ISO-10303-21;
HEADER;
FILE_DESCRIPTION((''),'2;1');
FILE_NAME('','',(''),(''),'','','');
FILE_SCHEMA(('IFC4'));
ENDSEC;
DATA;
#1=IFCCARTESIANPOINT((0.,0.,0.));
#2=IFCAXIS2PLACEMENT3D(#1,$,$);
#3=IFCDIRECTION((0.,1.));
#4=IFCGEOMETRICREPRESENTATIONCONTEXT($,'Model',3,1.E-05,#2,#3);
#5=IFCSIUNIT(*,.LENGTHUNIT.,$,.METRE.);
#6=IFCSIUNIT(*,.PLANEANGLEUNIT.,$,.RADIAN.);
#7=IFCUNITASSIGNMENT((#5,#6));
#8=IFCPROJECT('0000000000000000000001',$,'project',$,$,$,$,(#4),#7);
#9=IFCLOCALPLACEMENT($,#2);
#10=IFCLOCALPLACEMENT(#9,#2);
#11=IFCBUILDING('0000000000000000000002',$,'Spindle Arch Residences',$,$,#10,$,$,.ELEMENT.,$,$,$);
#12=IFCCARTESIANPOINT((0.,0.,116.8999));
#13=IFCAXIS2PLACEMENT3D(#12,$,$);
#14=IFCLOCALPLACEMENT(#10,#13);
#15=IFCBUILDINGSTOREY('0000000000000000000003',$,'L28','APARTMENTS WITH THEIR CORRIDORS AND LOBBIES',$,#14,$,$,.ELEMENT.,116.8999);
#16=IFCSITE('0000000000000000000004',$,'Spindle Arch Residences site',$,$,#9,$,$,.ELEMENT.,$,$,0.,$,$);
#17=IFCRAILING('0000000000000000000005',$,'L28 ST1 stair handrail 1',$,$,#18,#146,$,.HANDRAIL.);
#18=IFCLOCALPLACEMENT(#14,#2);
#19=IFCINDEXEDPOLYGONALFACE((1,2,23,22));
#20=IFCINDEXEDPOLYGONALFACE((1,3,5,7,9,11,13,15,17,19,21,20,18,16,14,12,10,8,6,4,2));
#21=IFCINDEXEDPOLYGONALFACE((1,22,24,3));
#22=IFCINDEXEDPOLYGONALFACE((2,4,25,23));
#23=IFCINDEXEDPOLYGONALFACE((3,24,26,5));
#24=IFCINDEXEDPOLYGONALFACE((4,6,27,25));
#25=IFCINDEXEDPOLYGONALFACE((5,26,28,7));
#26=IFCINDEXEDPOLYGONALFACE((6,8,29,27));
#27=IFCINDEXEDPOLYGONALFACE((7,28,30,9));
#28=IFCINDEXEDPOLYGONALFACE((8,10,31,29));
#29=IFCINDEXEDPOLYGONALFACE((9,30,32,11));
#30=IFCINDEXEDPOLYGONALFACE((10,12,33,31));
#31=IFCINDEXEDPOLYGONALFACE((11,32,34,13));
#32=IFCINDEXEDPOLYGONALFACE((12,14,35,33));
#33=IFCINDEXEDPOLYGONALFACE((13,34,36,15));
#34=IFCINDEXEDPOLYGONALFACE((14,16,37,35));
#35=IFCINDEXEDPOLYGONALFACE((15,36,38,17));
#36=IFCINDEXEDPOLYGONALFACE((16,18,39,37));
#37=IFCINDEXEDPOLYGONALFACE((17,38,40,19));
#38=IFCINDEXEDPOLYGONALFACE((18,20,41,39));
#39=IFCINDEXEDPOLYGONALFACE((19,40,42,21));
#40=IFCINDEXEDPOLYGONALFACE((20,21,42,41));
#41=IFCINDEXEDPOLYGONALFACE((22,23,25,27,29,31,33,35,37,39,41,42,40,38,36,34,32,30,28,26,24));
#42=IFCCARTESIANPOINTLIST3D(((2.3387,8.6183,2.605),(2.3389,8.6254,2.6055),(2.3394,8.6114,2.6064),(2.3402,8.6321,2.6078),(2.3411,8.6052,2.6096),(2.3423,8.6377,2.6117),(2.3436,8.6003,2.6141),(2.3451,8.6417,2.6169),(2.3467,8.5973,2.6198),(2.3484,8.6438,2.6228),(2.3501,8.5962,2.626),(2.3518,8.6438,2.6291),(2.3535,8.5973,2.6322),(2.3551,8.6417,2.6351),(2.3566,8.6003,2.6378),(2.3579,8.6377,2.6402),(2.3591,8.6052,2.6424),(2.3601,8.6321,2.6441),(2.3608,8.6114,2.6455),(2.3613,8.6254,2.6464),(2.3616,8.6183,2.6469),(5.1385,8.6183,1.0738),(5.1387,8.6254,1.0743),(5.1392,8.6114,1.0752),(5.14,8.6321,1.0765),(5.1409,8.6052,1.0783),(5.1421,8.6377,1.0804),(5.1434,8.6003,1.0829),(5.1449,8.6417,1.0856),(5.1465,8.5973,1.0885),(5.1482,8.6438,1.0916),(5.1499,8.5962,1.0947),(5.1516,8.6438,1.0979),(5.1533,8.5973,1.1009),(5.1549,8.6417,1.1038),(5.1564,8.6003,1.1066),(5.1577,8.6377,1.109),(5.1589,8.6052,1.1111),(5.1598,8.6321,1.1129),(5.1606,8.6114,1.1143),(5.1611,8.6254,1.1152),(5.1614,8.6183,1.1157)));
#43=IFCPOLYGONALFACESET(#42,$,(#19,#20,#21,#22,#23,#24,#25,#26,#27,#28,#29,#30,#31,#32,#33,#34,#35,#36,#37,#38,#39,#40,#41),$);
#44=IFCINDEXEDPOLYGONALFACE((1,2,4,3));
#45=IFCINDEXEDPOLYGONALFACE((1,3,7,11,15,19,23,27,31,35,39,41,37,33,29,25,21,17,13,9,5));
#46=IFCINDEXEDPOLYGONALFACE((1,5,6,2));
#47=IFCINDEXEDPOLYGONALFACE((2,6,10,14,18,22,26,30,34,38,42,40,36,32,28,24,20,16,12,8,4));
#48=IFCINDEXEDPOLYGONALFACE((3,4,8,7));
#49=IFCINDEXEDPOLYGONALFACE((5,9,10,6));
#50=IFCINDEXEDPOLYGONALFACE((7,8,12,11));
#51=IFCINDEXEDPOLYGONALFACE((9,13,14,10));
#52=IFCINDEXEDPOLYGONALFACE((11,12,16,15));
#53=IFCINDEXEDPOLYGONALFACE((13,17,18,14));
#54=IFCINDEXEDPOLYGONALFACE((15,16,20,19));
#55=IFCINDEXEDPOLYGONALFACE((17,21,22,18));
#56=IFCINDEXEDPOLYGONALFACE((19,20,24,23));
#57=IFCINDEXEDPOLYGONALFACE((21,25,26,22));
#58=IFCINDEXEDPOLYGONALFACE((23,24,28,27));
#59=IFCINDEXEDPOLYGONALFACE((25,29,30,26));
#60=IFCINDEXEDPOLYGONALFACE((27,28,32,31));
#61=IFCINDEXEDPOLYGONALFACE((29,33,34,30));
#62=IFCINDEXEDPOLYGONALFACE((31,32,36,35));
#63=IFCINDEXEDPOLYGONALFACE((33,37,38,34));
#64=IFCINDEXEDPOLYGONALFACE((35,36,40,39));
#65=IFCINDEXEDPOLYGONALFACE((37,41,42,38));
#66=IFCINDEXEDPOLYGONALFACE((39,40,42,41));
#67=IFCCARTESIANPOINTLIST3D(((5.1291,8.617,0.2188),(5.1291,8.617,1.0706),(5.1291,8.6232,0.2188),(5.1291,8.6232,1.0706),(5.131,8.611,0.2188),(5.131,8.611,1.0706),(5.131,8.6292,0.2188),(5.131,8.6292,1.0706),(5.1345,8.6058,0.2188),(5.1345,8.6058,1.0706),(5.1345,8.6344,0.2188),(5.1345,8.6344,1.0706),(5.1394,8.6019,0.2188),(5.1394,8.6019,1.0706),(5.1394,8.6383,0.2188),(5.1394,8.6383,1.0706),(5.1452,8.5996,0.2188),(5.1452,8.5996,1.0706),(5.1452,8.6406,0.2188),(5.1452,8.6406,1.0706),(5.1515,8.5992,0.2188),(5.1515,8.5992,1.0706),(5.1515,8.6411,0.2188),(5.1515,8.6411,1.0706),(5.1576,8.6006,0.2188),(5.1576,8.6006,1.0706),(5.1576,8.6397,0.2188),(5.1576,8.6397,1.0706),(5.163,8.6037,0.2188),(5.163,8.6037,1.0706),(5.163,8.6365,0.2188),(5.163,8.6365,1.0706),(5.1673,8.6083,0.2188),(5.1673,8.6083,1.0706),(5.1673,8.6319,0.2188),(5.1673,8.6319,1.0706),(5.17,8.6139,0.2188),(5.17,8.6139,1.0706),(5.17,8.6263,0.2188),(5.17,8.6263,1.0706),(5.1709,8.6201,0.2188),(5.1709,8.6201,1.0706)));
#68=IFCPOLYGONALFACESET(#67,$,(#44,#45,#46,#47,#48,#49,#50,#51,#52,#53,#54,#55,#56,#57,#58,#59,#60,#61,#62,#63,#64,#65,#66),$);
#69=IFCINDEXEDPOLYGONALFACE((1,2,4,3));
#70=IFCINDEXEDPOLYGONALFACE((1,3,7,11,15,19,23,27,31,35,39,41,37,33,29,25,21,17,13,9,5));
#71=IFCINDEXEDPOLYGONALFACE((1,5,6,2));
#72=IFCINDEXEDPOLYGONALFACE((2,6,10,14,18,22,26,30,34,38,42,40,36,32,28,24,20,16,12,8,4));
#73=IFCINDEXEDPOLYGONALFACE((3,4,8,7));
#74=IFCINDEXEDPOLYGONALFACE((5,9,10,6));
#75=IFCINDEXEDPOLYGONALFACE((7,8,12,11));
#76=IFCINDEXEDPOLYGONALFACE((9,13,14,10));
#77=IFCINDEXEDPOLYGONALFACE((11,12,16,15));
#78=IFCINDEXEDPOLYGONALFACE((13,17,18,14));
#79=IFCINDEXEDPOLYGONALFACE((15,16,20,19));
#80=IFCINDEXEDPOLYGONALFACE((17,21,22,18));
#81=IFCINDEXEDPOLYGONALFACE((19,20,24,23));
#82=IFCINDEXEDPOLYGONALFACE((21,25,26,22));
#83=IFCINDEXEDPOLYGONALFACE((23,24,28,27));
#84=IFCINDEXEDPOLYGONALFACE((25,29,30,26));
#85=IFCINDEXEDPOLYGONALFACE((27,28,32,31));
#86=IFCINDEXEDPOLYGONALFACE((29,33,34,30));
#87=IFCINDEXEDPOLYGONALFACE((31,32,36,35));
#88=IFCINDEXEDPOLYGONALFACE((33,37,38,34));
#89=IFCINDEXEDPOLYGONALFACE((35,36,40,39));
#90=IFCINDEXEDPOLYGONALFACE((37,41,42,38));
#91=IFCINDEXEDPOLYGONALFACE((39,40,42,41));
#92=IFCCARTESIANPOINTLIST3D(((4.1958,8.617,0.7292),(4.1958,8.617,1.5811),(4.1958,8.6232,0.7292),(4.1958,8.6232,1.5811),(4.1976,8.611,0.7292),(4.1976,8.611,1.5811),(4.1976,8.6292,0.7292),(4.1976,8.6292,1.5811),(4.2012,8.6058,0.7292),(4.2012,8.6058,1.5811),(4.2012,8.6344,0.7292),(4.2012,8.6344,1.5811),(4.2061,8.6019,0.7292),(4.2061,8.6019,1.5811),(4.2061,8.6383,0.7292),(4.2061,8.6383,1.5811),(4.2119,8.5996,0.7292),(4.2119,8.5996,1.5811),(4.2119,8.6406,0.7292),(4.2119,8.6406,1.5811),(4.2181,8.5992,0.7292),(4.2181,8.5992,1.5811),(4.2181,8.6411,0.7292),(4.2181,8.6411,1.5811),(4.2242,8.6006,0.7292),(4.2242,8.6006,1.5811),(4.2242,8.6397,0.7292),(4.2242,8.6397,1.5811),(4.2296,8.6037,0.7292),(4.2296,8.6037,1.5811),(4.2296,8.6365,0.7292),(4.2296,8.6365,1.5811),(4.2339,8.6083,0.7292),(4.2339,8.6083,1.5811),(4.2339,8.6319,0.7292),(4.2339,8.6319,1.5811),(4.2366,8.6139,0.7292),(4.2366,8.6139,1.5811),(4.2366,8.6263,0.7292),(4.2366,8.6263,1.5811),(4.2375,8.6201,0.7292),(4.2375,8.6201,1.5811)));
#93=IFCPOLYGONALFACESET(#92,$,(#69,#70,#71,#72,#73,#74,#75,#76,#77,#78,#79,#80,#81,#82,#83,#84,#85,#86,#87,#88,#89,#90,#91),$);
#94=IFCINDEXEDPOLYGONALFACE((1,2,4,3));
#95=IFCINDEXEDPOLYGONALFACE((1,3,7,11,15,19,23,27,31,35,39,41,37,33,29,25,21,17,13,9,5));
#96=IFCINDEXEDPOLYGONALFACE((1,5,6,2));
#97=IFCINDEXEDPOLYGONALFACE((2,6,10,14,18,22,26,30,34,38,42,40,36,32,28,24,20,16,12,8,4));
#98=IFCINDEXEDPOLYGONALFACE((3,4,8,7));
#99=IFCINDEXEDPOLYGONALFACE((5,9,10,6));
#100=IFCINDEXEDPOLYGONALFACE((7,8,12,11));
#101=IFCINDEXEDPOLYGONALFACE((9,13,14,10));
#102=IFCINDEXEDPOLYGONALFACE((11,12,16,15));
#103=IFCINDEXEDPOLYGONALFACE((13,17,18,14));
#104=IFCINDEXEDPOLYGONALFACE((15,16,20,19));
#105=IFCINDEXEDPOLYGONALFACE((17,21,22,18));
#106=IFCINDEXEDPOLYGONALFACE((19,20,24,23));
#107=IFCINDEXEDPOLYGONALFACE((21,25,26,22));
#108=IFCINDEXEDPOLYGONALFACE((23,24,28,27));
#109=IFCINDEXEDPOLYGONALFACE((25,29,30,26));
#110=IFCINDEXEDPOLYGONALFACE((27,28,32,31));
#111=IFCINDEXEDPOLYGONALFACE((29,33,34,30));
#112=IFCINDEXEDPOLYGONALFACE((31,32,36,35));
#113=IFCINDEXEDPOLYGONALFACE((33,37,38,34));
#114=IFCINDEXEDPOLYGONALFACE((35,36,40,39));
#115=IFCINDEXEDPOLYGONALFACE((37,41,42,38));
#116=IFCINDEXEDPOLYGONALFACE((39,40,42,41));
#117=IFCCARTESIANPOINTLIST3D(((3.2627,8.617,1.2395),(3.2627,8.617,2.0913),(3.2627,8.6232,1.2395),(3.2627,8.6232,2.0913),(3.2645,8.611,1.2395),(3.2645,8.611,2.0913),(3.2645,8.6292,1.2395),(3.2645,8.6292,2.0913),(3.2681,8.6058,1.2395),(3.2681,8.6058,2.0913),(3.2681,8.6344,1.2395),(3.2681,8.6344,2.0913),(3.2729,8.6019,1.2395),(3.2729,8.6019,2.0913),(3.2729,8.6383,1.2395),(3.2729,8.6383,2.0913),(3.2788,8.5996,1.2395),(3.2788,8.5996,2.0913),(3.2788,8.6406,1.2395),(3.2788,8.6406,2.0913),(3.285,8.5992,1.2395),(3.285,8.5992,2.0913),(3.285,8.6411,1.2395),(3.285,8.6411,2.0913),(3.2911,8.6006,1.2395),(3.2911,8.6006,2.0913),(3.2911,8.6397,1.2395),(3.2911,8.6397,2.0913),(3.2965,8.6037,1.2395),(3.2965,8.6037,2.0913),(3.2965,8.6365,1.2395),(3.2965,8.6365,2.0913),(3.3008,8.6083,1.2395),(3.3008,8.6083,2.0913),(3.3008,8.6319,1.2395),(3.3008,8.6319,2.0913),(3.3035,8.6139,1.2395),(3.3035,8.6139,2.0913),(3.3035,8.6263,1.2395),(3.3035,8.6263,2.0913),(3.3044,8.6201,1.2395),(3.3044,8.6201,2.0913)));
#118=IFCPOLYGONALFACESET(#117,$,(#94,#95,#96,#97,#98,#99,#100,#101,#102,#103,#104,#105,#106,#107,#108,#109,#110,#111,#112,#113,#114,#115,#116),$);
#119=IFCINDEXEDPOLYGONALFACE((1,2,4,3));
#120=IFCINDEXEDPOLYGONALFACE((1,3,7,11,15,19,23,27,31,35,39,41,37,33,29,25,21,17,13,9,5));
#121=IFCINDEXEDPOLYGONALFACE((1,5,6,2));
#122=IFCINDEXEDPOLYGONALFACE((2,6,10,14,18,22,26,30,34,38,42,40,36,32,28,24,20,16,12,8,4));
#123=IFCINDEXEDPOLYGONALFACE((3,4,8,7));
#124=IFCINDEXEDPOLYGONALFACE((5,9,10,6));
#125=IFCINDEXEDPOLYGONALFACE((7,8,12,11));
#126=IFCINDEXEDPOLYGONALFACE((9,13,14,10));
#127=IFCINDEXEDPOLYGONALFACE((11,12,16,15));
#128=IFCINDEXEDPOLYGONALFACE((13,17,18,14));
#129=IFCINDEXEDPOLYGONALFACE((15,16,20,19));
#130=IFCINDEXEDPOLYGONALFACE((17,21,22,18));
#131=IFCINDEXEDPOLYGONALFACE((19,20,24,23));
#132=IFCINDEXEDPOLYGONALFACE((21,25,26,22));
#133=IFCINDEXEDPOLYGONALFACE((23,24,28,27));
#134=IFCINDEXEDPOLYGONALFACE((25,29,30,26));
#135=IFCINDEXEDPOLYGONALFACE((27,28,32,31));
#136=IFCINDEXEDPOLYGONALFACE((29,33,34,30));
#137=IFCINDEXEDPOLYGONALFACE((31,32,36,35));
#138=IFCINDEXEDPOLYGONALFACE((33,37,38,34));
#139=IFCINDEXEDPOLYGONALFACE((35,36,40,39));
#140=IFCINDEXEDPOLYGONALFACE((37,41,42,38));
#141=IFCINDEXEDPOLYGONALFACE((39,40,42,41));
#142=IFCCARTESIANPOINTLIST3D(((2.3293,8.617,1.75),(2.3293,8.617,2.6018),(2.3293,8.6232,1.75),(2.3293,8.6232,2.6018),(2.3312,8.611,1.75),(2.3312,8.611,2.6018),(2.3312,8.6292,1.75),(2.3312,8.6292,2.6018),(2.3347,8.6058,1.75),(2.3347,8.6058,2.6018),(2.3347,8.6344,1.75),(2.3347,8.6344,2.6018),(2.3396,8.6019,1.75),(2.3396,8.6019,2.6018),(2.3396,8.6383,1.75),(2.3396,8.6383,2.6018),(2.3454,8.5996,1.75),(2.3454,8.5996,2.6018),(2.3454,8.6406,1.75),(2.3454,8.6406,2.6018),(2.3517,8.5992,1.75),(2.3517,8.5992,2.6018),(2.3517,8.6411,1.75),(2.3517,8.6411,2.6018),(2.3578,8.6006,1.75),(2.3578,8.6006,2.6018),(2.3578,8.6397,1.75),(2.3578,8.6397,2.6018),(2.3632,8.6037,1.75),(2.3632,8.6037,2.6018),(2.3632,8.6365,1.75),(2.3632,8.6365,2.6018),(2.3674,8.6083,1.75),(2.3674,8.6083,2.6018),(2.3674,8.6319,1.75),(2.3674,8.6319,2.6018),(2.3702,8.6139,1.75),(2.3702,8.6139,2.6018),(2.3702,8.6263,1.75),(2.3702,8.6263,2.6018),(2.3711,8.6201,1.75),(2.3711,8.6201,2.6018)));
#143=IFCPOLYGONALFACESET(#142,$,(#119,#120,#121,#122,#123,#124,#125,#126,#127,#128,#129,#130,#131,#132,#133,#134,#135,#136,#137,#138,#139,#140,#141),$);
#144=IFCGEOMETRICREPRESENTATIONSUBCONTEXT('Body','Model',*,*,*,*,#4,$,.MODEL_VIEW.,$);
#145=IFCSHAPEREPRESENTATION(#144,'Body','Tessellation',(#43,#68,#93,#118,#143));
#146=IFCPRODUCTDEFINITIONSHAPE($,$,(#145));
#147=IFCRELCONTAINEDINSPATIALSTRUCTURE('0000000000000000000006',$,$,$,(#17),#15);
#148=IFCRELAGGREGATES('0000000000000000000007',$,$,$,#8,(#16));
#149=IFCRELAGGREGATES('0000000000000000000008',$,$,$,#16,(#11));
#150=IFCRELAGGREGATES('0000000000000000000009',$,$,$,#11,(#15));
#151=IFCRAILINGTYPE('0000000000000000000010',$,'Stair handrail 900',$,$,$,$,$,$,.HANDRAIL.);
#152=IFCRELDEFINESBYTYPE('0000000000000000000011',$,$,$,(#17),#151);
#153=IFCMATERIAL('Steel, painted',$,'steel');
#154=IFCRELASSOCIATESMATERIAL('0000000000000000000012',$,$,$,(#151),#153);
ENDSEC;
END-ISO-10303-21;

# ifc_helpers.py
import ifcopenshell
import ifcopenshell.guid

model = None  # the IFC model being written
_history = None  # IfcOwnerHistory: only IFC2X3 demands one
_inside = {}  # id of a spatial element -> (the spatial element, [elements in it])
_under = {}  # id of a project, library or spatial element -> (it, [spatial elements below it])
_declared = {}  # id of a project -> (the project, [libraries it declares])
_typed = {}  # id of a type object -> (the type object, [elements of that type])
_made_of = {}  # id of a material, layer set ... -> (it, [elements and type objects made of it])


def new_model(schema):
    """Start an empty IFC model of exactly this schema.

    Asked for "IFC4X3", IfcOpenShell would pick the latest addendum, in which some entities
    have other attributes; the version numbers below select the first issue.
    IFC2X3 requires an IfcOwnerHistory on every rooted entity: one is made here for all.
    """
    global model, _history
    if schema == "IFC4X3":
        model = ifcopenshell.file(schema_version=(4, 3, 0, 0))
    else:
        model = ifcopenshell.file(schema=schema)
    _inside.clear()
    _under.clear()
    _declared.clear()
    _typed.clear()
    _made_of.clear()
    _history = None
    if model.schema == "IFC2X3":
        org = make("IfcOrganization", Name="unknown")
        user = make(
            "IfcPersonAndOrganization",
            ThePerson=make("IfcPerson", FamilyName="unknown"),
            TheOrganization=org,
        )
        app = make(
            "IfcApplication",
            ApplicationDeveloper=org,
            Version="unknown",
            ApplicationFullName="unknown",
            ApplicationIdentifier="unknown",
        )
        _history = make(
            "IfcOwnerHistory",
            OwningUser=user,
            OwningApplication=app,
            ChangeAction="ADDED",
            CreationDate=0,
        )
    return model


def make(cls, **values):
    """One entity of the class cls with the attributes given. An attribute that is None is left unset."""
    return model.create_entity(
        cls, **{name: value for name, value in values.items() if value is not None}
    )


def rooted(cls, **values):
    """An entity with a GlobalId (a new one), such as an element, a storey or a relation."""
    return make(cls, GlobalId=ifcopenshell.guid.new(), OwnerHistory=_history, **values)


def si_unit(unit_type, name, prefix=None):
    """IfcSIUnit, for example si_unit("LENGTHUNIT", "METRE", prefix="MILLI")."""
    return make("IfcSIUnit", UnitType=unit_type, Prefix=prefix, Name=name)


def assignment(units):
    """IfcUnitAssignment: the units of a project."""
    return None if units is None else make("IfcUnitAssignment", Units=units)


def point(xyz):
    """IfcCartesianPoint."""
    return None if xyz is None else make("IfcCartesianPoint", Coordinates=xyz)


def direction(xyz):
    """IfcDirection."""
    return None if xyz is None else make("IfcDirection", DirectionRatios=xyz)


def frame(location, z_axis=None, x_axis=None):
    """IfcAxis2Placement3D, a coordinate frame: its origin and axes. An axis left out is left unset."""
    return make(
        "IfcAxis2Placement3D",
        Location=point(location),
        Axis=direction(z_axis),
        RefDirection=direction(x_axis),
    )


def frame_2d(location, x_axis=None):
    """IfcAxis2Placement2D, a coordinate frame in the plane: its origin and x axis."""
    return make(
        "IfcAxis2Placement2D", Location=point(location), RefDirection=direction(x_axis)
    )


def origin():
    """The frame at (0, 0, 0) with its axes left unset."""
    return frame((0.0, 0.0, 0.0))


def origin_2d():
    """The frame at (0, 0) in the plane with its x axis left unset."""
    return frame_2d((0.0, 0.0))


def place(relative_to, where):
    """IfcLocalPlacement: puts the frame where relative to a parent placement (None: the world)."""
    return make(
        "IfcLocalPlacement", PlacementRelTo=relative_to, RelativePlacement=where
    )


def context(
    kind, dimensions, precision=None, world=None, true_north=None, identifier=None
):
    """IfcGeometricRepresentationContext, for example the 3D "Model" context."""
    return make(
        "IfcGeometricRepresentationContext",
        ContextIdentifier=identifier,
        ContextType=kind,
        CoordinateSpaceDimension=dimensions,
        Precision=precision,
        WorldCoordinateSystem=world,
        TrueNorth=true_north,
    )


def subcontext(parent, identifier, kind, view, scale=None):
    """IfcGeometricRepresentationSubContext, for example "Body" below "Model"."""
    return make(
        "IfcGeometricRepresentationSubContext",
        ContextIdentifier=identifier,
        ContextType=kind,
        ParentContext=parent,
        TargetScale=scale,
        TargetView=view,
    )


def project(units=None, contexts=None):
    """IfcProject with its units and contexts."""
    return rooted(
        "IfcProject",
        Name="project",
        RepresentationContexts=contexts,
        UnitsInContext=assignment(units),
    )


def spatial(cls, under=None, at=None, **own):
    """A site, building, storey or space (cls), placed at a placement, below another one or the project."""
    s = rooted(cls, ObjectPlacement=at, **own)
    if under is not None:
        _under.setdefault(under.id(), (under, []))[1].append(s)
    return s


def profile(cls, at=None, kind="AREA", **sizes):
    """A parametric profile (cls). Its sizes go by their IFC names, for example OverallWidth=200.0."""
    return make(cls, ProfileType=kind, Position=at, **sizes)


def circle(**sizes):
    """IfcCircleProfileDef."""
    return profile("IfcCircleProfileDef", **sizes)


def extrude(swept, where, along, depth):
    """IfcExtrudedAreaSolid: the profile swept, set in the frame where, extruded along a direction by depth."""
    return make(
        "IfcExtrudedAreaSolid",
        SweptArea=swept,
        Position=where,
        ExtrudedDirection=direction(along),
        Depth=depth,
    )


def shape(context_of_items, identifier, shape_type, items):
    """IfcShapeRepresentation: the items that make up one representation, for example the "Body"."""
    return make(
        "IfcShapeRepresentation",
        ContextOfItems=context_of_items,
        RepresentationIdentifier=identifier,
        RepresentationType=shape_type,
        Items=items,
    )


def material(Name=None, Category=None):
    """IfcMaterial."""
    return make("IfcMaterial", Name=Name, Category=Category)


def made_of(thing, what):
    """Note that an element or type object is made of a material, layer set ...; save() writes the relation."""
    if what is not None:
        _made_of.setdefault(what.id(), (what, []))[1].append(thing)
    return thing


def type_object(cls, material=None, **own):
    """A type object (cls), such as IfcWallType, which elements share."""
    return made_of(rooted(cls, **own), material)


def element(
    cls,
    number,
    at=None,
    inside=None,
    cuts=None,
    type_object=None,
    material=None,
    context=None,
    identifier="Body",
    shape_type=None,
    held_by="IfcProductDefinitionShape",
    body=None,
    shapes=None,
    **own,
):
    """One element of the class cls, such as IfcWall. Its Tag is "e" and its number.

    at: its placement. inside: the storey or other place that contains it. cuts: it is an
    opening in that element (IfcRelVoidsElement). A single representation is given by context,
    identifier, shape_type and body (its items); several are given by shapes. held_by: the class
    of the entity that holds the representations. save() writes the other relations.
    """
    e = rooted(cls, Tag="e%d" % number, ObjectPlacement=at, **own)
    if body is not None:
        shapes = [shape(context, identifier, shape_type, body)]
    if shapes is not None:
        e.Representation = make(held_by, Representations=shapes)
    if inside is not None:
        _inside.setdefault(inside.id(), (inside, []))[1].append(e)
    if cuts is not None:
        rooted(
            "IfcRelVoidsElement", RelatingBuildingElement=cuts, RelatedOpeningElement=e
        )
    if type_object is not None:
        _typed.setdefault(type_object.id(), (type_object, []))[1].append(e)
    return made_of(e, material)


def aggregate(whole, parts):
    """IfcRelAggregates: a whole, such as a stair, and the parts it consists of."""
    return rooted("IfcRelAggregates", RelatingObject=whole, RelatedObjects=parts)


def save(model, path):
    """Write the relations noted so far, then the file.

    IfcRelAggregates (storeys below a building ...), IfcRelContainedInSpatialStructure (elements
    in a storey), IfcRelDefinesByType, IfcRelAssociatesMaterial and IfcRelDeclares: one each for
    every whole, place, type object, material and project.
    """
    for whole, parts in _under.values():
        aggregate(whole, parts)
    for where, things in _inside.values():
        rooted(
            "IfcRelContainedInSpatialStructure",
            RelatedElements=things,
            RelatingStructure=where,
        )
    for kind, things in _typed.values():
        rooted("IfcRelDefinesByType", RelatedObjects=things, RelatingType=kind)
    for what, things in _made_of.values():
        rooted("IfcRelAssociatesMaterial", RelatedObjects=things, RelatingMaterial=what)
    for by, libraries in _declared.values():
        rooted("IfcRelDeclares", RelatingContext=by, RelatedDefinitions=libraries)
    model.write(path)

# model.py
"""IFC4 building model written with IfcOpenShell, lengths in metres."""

from ifc_helpers import new_model, si_unit, direction, frame, origin, origin_2d, place, context, subcontext, project, spatial, circle, extrude, material, type_object, element, save


model = new_model("IFC4")

# Units and contexts
model_context = context("Model", 3, precision=1e-05, world=origin(), true_north=direction((0.0, 1.0)))
body_context = subcontext(model_context, "Body", "Model", "MODEL_VIEW")
ifc_project = project(units=[si_unit("LENGTHUNIT", "METRE"), si_unit("PLANEANGLEUNIT", "RADIAN")], contexts=[model_context])

# Site, building, storey
site_placement = place(None, origin())
site = spatial("IfcSite", under=ifc_project, at=site_placement, Name="Spindle Arch Residences site", CompositionType="ELEMENT", RefElevation=0.0)
building_placement = place(site_placement, origin())
building = spatial("IfcBuilding", under=site, at=building_placement, Name="Spindle Arch Residences", CompositionType="ELEMENT")
storey_placement = place(building_placement, frame((0.0, 0.0, 116.8999)))
storey = spatial("IfcBuildingStorey", under=building, at=storey_placement, Name="L28", Description="APARTMENTS WITH THEIR CORRIDORS AND LOBBIES", CompositionType="ELEMENT", Elevation=116.8999)

# Railing
ifc_material_1 = material(Name="Steel, painted", Category="steel")
railing_type = type_object("IfcRailingType", Name="Stair handrail 900", PredefinedType="HANDRAIL", material=ifc_material_1)
railing_placement = place(storey_placement, frame((5.1499, 8.6201, 0.2188)))
element("IfcRailing", 1, at=railing_placement, inside=storey, type_object=railing_type, Name="L28 ST1 stair handrail 1", PredefinedType="HANDRAIL", context=body_context, shape_type="SweptSolid", body=[
    extrude(circle(Radius=0.0239, at=origin_2d()), frame((0.0, 0.0, 0.876), z_axis=(-0.877357, 0.0, 0.479838), x_axis=(0.0, -1.0, 0.0)), (0.0, 0.0, 1.0), 3.1912),
    extrude(circle(Radius=0.021, at=origin_2d()), origin(), (0.0, 0.0, 1.0), 0.8518),
    extrude(circle(Radius=0.021, at=origin_2d()), frame((-0.9333, 0.0, 0.5105)), (0.0, 0.0, 1.0), 0.8518),
    extrude(circle(Radius=0.021, at=origin_2d()), frame((-1.8665, 0.0, 1.0208)), (0.0, 0.0, 1.0), 0.8518),
    extrude(circle(Radius=0.021, at=origin_2d()), frame((-2.7998, 0.0, 1.5312)), (0.0, 0.0, 1.0), 0.8518),
])

save(model, "model.ifc")
